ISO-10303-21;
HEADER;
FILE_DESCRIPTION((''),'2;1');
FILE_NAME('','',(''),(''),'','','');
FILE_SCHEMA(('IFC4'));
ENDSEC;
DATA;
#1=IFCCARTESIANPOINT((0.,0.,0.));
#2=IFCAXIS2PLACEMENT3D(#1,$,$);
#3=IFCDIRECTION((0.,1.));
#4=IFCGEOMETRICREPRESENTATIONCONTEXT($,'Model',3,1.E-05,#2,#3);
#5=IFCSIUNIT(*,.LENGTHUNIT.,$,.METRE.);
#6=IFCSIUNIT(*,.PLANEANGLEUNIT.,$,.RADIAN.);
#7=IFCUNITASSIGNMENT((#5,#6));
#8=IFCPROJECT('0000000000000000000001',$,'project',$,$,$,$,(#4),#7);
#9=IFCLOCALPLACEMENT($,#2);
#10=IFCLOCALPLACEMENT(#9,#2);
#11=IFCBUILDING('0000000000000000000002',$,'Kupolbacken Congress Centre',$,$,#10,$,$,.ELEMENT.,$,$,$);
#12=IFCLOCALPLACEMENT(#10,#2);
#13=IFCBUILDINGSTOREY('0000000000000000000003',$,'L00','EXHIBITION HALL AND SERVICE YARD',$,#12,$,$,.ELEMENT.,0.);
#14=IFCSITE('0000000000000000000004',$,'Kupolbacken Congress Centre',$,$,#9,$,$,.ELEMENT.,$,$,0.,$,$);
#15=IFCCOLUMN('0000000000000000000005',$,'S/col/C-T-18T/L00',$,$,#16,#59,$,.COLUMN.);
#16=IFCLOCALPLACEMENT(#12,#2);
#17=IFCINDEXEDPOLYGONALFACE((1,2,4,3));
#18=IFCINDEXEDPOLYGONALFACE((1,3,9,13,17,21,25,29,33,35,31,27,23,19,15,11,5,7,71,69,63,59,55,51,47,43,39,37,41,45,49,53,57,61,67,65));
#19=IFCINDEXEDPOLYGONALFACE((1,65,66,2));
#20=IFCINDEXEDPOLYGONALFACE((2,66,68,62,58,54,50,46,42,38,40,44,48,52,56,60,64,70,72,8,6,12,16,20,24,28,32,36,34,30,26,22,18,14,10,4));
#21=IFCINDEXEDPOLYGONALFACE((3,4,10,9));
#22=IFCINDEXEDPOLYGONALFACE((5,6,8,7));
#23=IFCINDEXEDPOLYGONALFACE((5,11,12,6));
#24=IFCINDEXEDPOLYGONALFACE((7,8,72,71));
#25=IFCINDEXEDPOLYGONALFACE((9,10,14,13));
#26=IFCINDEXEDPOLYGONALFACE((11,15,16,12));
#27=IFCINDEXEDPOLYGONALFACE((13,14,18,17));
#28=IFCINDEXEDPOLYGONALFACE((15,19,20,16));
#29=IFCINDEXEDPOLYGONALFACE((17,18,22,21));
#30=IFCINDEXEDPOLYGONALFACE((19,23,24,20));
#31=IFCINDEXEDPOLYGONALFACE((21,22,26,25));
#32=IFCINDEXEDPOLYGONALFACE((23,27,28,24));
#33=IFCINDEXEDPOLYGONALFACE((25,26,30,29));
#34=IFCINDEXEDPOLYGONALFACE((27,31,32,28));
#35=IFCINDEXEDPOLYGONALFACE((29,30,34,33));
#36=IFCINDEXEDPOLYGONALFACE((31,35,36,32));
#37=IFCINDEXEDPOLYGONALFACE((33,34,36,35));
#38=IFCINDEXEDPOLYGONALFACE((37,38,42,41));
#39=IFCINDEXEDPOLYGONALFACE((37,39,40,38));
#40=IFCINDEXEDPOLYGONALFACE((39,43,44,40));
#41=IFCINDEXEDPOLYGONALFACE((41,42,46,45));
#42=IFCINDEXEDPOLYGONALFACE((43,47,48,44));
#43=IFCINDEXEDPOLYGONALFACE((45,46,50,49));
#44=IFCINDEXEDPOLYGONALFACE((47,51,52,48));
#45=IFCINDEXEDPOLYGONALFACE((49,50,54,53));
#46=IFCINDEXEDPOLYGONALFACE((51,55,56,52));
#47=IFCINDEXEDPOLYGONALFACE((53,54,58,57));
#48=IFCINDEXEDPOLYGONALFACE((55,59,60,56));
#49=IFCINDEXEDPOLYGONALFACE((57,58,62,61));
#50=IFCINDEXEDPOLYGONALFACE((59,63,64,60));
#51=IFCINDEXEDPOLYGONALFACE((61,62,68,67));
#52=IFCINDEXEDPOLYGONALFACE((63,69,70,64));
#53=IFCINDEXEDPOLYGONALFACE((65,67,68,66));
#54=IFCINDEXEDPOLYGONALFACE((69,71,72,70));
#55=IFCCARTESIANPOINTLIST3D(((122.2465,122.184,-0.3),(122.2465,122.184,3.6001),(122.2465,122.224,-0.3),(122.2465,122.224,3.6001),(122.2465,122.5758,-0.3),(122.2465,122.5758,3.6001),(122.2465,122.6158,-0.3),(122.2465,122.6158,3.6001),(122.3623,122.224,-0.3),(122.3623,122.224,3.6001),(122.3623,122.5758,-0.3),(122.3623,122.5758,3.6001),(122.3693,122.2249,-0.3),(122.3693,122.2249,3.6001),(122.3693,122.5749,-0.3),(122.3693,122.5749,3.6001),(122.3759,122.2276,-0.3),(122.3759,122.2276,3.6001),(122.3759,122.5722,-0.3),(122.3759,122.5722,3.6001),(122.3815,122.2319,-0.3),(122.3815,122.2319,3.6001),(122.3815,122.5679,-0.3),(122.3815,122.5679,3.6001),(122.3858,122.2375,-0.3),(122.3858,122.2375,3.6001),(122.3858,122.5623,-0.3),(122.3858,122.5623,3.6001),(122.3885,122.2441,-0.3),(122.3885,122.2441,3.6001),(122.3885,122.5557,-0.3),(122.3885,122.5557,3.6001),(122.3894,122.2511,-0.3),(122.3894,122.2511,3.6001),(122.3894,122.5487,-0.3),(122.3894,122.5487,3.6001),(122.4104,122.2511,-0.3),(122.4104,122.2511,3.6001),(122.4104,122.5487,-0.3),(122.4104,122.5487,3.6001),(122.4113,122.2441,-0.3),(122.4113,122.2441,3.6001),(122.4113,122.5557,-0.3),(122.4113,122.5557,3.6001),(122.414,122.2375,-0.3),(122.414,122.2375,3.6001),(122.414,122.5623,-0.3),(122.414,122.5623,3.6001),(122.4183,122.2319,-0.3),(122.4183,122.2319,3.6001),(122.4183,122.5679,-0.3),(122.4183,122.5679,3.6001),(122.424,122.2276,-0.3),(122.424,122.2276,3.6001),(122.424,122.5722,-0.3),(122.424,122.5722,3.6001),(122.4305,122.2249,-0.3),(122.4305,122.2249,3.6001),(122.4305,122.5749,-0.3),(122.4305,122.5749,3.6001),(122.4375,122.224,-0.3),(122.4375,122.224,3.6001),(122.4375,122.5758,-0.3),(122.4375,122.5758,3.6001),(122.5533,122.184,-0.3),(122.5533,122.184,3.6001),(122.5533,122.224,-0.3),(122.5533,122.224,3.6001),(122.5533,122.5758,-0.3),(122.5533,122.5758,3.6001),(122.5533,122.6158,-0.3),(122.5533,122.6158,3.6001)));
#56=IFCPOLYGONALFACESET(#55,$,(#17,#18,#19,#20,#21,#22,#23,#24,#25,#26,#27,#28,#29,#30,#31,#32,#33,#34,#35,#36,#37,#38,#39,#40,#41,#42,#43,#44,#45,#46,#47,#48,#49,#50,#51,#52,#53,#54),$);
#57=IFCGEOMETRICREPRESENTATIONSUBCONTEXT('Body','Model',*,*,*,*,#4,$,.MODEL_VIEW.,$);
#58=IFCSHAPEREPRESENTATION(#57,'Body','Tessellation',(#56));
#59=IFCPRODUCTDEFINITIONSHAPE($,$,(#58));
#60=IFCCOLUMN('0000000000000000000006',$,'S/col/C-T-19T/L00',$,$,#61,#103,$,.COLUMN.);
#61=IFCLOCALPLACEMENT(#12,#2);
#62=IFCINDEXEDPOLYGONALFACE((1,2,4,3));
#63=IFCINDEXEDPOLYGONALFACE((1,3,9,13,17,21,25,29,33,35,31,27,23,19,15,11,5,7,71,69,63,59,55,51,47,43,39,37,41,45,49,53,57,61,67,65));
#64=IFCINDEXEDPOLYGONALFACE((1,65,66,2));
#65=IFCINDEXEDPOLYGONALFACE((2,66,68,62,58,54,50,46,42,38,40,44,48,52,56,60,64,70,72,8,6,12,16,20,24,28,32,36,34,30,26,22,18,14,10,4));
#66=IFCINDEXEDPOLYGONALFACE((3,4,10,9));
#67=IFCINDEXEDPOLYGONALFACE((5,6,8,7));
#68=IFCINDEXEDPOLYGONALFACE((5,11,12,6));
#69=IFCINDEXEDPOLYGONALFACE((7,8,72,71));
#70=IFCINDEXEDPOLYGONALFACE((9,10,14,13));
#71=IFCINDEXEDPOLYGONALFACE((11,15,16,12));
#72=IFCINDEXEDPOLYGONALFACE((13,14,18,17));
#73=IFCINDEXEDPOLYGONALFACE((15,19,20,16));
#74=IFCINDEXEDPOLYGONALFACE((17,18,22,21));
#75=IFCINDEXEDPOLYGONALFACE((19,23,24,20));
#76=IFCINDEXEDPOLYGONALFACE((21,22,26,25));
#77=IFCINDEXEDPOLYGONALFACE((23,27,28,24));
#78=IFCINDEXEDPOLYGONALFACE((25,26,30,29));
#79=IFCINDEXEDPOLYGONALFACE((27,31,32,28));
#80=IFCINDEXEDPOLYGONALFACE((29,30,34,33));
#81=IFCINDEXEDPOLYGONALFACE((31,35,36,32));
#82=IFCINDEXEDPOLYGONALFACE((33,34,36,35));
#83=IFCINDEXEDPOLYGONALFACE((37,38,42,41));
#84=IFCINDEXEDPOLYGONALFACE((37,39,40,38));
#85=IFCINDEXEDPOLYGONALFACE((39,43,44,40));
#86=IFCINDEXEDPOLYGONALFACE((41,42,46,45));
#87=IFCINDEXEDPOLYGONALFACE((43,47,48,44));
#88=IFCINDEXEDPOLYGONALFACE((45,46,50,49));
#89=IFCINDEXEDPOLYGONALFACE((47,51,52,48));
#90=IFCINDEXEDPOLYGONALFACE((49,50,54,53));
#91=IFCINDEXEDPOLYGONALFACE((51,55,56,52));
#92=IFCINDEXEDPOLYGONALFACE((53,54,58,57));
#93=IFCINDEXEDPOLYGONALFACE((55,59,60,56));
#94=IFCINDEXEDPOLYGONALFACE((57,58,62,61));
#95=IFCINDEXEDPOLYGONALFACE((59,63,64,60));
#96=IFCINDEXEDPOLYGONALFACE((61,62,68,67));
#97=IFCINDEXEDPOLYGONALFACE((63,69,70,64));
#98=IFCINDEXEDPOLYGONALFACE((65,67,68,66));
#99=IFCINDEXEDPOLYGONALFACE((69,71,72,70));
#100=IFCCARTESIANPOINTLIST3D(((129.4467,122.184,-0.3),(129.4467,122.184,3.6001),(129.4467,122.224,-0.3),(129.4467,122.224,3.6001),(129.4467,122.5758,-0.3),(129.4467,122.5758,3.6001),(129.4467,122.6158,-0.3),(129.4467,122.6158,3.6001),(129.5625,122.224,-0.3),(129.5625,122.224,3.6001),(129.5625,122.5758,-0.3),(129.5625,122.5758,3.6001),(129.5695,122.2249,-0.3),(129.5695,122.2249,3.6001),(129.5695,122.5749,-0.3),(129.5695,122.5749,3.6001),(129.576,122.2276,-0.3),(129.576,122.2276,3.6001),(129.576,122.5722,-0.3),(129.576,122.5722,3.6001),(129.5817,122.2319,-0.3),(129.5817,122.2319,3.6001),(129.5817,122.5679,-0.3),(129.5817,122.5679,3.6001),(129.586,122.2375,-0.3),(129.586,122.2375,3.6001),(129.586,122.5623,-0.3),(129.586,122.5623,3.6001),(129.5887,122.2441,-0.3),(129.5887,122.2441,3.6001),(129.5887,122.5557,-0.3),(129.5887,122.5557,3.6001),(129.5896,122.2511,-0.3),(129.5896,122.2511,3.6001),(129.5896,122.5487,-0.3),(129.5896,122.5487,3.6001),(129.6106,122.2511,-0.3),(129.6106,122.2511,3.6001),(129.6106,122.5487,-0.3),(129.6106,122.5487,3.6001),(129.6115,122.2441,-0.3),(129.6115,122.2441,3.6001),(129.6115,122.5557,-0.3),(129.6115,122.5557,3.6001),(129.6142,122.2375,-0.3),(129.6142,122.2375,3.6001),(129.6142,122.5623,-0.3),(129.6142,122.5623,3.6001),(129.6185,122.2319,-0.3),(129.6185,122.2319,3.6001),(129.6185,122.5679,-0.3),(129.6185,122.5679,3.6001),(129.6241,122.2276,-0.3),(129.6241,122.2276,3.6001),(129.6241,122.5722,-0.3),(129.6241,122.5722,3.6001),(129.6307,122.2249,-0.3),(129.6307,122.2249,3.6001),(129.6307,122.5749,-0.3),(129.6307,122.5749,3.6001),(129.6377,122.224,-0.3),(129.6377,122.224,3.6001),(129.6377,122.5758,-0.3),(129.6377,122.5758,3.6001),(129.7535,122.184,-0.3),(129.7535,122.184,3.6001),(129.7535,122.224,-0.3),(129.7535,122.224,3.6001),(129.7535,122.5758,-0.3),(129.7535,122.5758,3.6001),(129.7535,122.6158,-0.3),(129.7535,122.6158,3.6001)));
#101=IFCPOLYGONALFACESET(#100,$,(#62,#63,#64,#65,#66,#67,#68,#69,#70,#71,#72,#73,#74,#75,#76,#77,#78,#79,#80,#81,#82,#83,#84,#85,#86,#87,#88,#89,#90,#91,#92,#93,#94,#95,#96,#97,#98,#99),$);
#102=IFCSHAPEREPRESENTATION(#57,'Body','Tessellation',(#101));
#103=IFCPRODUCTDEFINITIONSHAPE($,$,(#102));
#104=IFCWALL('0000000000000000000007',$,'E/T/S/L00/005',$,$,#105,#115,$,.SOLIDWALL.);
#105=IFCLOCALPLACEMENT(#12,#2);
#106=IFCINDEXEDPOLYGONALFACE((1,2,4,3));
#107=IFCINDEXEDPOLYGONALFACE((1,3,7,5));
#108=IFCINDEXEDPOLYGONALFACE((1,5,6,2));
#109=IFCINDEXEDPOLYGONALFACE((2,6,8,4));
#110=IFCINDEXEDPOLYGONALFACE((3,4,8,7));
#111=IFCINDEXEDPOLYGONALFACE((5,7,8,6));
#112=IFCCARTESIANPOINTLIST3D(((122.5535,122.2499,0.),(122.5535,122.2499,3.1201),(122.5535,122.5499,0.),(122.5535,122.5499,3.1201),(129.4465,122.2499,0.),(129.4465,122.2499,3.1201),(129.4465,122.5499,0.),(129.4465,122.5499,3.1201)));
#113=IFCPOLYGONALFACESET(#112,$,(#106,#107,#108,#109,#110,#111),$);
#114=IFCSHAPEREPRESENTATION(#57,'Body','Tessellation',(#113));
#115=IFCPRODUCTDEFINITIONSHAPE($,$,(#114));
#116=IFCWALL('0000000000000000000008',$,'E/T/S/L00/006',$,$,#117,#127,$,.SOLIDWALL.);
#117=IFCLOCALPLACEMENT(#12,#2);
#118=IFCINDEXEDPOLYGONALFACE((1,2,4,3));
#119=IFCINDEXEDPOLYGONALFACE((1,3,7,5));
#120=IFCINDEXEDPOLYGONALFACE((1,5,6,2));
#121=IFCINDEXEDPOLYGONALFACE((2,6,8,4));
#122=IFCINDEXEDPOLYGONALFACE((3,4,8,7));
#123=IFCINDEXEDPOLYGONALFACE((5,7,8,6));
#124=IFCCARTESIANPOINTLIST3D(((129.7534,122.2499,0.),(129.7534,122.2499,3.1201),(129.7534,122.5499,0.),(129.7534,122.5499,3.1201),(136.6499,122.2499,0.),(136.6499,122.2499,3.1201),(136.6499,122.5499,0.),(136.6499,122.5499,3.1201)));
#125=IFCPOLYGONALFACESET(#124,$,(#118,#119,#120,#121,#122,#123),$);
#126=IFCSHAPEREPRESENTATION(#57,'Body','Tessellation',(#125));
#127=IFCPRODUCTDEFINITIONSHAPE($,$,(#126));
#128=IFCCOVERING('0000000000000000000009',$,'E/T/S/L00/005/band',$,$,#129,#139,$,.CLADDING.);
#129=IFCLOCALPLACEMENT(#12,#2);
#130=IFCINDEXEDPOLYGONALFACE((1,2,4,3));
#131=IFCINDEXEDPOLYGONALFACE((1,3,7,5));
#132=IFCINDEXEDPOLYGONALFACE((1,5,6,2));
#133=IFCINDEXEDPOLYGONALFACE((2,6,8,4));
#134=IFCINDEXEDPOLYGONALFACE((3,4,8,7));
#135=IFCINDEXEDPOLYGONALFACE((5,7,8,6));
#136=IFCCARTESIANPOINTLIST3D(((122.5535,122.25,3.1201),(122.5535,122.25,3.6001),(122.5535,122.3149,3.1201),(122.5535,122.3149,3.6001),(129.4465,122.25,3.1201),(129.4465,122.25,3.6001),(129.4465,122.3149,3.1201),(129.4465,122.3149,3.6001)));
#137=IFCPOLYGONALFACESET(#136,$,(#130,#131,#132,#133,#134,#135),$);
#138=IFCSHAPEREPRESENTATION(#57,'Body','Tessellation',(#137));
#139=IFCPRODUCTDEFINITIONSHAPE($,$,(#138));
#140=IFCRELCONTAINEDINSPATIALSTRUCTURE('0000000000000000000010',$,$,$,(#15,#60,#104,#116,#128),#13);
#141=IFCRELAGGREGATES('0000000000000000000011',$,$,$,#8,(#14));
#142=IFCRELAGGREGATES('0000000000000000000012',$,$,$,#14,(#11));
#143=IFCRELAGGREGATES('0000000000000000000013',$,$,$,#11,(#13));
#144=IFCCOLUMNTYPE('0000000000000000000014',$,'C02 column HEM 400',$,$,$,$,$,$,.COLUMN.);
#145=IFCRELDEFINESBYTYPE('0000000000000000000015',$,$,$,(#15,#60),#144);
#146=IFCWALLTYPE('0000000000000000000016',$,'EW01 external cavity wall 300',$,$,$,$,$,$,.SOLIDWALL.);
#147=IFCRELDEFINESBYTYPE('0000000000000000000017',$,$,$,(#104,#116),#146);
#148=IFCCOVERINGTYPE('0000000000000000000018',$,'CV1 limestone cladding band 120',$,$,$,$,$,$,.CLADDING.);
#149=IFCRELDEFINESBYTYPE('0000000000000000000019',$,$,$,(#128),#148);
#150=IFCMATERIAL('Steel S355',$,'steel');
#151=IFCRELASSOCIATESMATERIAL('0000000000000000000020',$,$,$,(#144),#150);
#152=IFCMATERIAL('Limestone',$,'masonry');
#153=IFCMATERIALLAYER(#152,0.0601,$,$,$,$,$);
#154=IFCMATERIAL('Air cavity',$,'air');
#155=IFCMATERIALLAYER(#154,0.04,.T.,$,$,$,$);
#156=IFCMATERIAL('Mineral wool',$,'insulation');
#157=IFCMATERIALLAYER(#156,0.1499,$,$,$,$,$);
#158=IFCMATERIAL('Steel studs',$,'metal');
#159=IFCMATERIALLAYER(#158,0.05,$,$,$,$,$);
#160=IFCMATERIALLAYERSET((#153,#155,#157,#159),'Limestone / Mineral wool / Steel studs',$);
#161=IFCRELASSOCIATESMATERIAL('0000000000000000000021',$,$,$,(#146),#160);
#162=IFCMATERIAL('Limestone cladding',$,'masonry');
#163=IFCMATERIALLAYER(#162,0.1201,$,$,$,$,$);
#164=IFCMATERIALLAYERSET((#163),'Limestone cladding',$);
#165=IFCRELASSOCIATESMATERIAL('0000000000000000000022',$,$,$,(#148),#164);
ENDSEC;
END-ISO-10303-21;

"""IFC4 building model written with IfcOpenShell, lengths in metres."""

from ifc_helpers import new_model, si_unit, direction, frame, frame_2d, origin, origin_2d, place, context, subcontext, project, spatial, rectangle, i_section, extrude, material, layer, layer_set, material_profile, profile_set, type_object, element, save


model = new_model("IFC4")

# Units and contexts
model_context = context("Model", 3, precision=1e-05, world=origin(), true_north=direction((0.0, 1.0)))
body_context = subcontext(model_context, "Body", "Model", "MODEL_VIEW")
ifc_project = project(units=[si_unit("LENGTHUNIT", "METRE"), si_unit("PLANEANGLEUNIT", "RADIAN")], contexts=[model_context])

# Site, building, storey
site_placement = place(None, origin())
site = spatial("IfcSite", under=ifc_project, at=site_placement, Name="Kupolbacken Congress Centre", CompositionType="ELEMENT", RefElevation=0.0)
building_placement = place(site_placement, origin())
building = spatial("IfcBuilding", under=site, at=building_placement, Name="Kupolbacken Congress Centre", CompositionType="ELEMENT")
storey_placement = place(building_placement, origin())
storey = spatial("IfcBuildingStorey", under=building, at=storey_placement, Name="L00", Description="EXHIBITION HALL AND SERVICE YARD", CompositionType="ELEMENT", Elevation=0.0)

# Columns
ifc_material_1 = material(Name="Steel S355", Category="steel")
ifc_material_profile_1 = material_profile(ifc_material_1, i_section(OverallWidth=0.3069, OverallDepth=0.4319, WebThickness=0.021, FlangeThickness=0.04, FilletRadius=0.0271, at=origin_2d()), Name="HEM 400")
ifc_profile_set_1 = profile_set([ifc_material_profile_1], Name="Steel S355")
column_type_1 = type_object("IfcColumnType", Name="C02 column HEM 400", PredefinedType="COLUMN", material=ifc_profile_set_1)
for number, where, z_axis, x_axis, name in (
    (1, (122.3999, 122.3999, -0.3), (0.0, 0.0, 1.0), (1.0, 0.0, 0.0), "S/col/C-T-18T/L00"),
    (2, (129.6001, 122.3999, -0.3), (0.0, 0.0, 1.0), (1.0, 0.0, 0.0), "S/col/C-T-19T/L00"),
):
    element("IfcColumn", number, at=place(storey_placement, frame(where, z_axis=z_axis, x_axis=x_axis)), inside=storey, type_object=column_type_1, Name=name, PredefinedType="COLUMN", context=body_context, shape_type="SweptSolid", body=[
        extrude(i_section(OverallWidth=0.3069, OverallDepth=0.4319, WebThickness=0.021, FlangeThickness=0.04, FilletRadius=0.0271, at=origin_2d()), origin(), (0.0, 0.0, 1.0), 3.9001),
    ])

# Walls
ifc_material_2 = material(Name="Limestone", Category="masonry")
ifc_layer_1 = layer(ifc_material_2, 0.0601)
ifc_material_3 = material(Name="Air cavity", Category="air")
ifc_layer_2 = layer(ifc_material_3, 0.04, ventilated=True)
ifc_material_4 = material(Name="Mineral wool", Category="insulation")
ifc_layer_3 = layer(ifc_material_4, 0.1499)
ifc_material_5 = material(Name="Steel studs", Category="metal")
ifc_layer_4 = layer(ifc_material_5, 0.05)
ifc_layer_set_1 = layer_set([ifc_layer_1, ifc_layer_2, ifc_layer_3, ifc_layer_4], Name="Limestone / Mineral wool / Steel studs")
wall_type = type_object("IfcWallType", Name="EW01 external cavity wall 300", PredefinedType="SOLIDWALL", material=ifc_layer_set_1)
wall_1_placement = place(storey_placement, frame((122.5535, 122.3999, 0.0), z_axis=(0.0, 0.0, 1.0), x_axis=(1.0, 0.0, 0.0)))
element("IfcWall", 3, at=wall_1_placement, inside=storey, type_object=wall_type, Name="E/T/S/L00/005", PredefinedType="SOLIDWALL", context=body_context, shape_type="SweptSolid", body=[
    extrude(rectangle(XDim=6.8931, YDim=0.3, at=frame_2d((3.4465, 0.0))), origin(), (0.0, 0.0, 1.0), 3.1201),
])
wall_2_placement = place(storey_placement, frame((129.7534, 122.3999, 0.0), z_axis=(0.0, 0.0, 1.0), x_axis=(1.0, 0.0, 0.0)))
element("IfcWall", 4, at=wall_2_placement, inside=storey, type_object=wall_type, Name="E/T/S/L00/006", PredefinedType="SOLIDWALL", context=body_context, shape_type="SweptSolid", body=[
    extrude(rectangle(XDim=6.8965, YDim=0.3, at=frame_2d((3.4482, 0.0))), origin(), (0.0, 0.0, 1.0), 3.1201),
])

# Covering
ifc_material_6 = material(Name="Limestone cladding", Category="masonry")
ifc_layer_5 = layer(ifc_material_6, 0.1201)
ifc_layer_set_2 = layer_set([ifc_layer_5], Name="Limestone cladding")
covering_type = type_object("IfcCoveringType", Name="CV1 limestone cladding band 120", PredefinedType="CLADDING", material=ifc_layer_set_2)
covering_placement = place(storey_placement, frame((126.0, 122.2825, 3.1201), z_axis=(0.0, 0.0, 1.0), x_axis=(1.0, 0.0, 0.0)))
element("IfcCovering", 5, at=covering_placement, inside=storey, type_object=covering_type, Name="E/T/S/L00/005/band", PredefinedType="CLADDING", context=body_context, shape_type="SweptSolid", body=[
    extrude(rectangle(XDim=6.8931, YDim=0.0649, at=origin_2d()), origin(), (0.0, 0.0, 1.0), 0.48),
])

save(model, "model.ifc")
